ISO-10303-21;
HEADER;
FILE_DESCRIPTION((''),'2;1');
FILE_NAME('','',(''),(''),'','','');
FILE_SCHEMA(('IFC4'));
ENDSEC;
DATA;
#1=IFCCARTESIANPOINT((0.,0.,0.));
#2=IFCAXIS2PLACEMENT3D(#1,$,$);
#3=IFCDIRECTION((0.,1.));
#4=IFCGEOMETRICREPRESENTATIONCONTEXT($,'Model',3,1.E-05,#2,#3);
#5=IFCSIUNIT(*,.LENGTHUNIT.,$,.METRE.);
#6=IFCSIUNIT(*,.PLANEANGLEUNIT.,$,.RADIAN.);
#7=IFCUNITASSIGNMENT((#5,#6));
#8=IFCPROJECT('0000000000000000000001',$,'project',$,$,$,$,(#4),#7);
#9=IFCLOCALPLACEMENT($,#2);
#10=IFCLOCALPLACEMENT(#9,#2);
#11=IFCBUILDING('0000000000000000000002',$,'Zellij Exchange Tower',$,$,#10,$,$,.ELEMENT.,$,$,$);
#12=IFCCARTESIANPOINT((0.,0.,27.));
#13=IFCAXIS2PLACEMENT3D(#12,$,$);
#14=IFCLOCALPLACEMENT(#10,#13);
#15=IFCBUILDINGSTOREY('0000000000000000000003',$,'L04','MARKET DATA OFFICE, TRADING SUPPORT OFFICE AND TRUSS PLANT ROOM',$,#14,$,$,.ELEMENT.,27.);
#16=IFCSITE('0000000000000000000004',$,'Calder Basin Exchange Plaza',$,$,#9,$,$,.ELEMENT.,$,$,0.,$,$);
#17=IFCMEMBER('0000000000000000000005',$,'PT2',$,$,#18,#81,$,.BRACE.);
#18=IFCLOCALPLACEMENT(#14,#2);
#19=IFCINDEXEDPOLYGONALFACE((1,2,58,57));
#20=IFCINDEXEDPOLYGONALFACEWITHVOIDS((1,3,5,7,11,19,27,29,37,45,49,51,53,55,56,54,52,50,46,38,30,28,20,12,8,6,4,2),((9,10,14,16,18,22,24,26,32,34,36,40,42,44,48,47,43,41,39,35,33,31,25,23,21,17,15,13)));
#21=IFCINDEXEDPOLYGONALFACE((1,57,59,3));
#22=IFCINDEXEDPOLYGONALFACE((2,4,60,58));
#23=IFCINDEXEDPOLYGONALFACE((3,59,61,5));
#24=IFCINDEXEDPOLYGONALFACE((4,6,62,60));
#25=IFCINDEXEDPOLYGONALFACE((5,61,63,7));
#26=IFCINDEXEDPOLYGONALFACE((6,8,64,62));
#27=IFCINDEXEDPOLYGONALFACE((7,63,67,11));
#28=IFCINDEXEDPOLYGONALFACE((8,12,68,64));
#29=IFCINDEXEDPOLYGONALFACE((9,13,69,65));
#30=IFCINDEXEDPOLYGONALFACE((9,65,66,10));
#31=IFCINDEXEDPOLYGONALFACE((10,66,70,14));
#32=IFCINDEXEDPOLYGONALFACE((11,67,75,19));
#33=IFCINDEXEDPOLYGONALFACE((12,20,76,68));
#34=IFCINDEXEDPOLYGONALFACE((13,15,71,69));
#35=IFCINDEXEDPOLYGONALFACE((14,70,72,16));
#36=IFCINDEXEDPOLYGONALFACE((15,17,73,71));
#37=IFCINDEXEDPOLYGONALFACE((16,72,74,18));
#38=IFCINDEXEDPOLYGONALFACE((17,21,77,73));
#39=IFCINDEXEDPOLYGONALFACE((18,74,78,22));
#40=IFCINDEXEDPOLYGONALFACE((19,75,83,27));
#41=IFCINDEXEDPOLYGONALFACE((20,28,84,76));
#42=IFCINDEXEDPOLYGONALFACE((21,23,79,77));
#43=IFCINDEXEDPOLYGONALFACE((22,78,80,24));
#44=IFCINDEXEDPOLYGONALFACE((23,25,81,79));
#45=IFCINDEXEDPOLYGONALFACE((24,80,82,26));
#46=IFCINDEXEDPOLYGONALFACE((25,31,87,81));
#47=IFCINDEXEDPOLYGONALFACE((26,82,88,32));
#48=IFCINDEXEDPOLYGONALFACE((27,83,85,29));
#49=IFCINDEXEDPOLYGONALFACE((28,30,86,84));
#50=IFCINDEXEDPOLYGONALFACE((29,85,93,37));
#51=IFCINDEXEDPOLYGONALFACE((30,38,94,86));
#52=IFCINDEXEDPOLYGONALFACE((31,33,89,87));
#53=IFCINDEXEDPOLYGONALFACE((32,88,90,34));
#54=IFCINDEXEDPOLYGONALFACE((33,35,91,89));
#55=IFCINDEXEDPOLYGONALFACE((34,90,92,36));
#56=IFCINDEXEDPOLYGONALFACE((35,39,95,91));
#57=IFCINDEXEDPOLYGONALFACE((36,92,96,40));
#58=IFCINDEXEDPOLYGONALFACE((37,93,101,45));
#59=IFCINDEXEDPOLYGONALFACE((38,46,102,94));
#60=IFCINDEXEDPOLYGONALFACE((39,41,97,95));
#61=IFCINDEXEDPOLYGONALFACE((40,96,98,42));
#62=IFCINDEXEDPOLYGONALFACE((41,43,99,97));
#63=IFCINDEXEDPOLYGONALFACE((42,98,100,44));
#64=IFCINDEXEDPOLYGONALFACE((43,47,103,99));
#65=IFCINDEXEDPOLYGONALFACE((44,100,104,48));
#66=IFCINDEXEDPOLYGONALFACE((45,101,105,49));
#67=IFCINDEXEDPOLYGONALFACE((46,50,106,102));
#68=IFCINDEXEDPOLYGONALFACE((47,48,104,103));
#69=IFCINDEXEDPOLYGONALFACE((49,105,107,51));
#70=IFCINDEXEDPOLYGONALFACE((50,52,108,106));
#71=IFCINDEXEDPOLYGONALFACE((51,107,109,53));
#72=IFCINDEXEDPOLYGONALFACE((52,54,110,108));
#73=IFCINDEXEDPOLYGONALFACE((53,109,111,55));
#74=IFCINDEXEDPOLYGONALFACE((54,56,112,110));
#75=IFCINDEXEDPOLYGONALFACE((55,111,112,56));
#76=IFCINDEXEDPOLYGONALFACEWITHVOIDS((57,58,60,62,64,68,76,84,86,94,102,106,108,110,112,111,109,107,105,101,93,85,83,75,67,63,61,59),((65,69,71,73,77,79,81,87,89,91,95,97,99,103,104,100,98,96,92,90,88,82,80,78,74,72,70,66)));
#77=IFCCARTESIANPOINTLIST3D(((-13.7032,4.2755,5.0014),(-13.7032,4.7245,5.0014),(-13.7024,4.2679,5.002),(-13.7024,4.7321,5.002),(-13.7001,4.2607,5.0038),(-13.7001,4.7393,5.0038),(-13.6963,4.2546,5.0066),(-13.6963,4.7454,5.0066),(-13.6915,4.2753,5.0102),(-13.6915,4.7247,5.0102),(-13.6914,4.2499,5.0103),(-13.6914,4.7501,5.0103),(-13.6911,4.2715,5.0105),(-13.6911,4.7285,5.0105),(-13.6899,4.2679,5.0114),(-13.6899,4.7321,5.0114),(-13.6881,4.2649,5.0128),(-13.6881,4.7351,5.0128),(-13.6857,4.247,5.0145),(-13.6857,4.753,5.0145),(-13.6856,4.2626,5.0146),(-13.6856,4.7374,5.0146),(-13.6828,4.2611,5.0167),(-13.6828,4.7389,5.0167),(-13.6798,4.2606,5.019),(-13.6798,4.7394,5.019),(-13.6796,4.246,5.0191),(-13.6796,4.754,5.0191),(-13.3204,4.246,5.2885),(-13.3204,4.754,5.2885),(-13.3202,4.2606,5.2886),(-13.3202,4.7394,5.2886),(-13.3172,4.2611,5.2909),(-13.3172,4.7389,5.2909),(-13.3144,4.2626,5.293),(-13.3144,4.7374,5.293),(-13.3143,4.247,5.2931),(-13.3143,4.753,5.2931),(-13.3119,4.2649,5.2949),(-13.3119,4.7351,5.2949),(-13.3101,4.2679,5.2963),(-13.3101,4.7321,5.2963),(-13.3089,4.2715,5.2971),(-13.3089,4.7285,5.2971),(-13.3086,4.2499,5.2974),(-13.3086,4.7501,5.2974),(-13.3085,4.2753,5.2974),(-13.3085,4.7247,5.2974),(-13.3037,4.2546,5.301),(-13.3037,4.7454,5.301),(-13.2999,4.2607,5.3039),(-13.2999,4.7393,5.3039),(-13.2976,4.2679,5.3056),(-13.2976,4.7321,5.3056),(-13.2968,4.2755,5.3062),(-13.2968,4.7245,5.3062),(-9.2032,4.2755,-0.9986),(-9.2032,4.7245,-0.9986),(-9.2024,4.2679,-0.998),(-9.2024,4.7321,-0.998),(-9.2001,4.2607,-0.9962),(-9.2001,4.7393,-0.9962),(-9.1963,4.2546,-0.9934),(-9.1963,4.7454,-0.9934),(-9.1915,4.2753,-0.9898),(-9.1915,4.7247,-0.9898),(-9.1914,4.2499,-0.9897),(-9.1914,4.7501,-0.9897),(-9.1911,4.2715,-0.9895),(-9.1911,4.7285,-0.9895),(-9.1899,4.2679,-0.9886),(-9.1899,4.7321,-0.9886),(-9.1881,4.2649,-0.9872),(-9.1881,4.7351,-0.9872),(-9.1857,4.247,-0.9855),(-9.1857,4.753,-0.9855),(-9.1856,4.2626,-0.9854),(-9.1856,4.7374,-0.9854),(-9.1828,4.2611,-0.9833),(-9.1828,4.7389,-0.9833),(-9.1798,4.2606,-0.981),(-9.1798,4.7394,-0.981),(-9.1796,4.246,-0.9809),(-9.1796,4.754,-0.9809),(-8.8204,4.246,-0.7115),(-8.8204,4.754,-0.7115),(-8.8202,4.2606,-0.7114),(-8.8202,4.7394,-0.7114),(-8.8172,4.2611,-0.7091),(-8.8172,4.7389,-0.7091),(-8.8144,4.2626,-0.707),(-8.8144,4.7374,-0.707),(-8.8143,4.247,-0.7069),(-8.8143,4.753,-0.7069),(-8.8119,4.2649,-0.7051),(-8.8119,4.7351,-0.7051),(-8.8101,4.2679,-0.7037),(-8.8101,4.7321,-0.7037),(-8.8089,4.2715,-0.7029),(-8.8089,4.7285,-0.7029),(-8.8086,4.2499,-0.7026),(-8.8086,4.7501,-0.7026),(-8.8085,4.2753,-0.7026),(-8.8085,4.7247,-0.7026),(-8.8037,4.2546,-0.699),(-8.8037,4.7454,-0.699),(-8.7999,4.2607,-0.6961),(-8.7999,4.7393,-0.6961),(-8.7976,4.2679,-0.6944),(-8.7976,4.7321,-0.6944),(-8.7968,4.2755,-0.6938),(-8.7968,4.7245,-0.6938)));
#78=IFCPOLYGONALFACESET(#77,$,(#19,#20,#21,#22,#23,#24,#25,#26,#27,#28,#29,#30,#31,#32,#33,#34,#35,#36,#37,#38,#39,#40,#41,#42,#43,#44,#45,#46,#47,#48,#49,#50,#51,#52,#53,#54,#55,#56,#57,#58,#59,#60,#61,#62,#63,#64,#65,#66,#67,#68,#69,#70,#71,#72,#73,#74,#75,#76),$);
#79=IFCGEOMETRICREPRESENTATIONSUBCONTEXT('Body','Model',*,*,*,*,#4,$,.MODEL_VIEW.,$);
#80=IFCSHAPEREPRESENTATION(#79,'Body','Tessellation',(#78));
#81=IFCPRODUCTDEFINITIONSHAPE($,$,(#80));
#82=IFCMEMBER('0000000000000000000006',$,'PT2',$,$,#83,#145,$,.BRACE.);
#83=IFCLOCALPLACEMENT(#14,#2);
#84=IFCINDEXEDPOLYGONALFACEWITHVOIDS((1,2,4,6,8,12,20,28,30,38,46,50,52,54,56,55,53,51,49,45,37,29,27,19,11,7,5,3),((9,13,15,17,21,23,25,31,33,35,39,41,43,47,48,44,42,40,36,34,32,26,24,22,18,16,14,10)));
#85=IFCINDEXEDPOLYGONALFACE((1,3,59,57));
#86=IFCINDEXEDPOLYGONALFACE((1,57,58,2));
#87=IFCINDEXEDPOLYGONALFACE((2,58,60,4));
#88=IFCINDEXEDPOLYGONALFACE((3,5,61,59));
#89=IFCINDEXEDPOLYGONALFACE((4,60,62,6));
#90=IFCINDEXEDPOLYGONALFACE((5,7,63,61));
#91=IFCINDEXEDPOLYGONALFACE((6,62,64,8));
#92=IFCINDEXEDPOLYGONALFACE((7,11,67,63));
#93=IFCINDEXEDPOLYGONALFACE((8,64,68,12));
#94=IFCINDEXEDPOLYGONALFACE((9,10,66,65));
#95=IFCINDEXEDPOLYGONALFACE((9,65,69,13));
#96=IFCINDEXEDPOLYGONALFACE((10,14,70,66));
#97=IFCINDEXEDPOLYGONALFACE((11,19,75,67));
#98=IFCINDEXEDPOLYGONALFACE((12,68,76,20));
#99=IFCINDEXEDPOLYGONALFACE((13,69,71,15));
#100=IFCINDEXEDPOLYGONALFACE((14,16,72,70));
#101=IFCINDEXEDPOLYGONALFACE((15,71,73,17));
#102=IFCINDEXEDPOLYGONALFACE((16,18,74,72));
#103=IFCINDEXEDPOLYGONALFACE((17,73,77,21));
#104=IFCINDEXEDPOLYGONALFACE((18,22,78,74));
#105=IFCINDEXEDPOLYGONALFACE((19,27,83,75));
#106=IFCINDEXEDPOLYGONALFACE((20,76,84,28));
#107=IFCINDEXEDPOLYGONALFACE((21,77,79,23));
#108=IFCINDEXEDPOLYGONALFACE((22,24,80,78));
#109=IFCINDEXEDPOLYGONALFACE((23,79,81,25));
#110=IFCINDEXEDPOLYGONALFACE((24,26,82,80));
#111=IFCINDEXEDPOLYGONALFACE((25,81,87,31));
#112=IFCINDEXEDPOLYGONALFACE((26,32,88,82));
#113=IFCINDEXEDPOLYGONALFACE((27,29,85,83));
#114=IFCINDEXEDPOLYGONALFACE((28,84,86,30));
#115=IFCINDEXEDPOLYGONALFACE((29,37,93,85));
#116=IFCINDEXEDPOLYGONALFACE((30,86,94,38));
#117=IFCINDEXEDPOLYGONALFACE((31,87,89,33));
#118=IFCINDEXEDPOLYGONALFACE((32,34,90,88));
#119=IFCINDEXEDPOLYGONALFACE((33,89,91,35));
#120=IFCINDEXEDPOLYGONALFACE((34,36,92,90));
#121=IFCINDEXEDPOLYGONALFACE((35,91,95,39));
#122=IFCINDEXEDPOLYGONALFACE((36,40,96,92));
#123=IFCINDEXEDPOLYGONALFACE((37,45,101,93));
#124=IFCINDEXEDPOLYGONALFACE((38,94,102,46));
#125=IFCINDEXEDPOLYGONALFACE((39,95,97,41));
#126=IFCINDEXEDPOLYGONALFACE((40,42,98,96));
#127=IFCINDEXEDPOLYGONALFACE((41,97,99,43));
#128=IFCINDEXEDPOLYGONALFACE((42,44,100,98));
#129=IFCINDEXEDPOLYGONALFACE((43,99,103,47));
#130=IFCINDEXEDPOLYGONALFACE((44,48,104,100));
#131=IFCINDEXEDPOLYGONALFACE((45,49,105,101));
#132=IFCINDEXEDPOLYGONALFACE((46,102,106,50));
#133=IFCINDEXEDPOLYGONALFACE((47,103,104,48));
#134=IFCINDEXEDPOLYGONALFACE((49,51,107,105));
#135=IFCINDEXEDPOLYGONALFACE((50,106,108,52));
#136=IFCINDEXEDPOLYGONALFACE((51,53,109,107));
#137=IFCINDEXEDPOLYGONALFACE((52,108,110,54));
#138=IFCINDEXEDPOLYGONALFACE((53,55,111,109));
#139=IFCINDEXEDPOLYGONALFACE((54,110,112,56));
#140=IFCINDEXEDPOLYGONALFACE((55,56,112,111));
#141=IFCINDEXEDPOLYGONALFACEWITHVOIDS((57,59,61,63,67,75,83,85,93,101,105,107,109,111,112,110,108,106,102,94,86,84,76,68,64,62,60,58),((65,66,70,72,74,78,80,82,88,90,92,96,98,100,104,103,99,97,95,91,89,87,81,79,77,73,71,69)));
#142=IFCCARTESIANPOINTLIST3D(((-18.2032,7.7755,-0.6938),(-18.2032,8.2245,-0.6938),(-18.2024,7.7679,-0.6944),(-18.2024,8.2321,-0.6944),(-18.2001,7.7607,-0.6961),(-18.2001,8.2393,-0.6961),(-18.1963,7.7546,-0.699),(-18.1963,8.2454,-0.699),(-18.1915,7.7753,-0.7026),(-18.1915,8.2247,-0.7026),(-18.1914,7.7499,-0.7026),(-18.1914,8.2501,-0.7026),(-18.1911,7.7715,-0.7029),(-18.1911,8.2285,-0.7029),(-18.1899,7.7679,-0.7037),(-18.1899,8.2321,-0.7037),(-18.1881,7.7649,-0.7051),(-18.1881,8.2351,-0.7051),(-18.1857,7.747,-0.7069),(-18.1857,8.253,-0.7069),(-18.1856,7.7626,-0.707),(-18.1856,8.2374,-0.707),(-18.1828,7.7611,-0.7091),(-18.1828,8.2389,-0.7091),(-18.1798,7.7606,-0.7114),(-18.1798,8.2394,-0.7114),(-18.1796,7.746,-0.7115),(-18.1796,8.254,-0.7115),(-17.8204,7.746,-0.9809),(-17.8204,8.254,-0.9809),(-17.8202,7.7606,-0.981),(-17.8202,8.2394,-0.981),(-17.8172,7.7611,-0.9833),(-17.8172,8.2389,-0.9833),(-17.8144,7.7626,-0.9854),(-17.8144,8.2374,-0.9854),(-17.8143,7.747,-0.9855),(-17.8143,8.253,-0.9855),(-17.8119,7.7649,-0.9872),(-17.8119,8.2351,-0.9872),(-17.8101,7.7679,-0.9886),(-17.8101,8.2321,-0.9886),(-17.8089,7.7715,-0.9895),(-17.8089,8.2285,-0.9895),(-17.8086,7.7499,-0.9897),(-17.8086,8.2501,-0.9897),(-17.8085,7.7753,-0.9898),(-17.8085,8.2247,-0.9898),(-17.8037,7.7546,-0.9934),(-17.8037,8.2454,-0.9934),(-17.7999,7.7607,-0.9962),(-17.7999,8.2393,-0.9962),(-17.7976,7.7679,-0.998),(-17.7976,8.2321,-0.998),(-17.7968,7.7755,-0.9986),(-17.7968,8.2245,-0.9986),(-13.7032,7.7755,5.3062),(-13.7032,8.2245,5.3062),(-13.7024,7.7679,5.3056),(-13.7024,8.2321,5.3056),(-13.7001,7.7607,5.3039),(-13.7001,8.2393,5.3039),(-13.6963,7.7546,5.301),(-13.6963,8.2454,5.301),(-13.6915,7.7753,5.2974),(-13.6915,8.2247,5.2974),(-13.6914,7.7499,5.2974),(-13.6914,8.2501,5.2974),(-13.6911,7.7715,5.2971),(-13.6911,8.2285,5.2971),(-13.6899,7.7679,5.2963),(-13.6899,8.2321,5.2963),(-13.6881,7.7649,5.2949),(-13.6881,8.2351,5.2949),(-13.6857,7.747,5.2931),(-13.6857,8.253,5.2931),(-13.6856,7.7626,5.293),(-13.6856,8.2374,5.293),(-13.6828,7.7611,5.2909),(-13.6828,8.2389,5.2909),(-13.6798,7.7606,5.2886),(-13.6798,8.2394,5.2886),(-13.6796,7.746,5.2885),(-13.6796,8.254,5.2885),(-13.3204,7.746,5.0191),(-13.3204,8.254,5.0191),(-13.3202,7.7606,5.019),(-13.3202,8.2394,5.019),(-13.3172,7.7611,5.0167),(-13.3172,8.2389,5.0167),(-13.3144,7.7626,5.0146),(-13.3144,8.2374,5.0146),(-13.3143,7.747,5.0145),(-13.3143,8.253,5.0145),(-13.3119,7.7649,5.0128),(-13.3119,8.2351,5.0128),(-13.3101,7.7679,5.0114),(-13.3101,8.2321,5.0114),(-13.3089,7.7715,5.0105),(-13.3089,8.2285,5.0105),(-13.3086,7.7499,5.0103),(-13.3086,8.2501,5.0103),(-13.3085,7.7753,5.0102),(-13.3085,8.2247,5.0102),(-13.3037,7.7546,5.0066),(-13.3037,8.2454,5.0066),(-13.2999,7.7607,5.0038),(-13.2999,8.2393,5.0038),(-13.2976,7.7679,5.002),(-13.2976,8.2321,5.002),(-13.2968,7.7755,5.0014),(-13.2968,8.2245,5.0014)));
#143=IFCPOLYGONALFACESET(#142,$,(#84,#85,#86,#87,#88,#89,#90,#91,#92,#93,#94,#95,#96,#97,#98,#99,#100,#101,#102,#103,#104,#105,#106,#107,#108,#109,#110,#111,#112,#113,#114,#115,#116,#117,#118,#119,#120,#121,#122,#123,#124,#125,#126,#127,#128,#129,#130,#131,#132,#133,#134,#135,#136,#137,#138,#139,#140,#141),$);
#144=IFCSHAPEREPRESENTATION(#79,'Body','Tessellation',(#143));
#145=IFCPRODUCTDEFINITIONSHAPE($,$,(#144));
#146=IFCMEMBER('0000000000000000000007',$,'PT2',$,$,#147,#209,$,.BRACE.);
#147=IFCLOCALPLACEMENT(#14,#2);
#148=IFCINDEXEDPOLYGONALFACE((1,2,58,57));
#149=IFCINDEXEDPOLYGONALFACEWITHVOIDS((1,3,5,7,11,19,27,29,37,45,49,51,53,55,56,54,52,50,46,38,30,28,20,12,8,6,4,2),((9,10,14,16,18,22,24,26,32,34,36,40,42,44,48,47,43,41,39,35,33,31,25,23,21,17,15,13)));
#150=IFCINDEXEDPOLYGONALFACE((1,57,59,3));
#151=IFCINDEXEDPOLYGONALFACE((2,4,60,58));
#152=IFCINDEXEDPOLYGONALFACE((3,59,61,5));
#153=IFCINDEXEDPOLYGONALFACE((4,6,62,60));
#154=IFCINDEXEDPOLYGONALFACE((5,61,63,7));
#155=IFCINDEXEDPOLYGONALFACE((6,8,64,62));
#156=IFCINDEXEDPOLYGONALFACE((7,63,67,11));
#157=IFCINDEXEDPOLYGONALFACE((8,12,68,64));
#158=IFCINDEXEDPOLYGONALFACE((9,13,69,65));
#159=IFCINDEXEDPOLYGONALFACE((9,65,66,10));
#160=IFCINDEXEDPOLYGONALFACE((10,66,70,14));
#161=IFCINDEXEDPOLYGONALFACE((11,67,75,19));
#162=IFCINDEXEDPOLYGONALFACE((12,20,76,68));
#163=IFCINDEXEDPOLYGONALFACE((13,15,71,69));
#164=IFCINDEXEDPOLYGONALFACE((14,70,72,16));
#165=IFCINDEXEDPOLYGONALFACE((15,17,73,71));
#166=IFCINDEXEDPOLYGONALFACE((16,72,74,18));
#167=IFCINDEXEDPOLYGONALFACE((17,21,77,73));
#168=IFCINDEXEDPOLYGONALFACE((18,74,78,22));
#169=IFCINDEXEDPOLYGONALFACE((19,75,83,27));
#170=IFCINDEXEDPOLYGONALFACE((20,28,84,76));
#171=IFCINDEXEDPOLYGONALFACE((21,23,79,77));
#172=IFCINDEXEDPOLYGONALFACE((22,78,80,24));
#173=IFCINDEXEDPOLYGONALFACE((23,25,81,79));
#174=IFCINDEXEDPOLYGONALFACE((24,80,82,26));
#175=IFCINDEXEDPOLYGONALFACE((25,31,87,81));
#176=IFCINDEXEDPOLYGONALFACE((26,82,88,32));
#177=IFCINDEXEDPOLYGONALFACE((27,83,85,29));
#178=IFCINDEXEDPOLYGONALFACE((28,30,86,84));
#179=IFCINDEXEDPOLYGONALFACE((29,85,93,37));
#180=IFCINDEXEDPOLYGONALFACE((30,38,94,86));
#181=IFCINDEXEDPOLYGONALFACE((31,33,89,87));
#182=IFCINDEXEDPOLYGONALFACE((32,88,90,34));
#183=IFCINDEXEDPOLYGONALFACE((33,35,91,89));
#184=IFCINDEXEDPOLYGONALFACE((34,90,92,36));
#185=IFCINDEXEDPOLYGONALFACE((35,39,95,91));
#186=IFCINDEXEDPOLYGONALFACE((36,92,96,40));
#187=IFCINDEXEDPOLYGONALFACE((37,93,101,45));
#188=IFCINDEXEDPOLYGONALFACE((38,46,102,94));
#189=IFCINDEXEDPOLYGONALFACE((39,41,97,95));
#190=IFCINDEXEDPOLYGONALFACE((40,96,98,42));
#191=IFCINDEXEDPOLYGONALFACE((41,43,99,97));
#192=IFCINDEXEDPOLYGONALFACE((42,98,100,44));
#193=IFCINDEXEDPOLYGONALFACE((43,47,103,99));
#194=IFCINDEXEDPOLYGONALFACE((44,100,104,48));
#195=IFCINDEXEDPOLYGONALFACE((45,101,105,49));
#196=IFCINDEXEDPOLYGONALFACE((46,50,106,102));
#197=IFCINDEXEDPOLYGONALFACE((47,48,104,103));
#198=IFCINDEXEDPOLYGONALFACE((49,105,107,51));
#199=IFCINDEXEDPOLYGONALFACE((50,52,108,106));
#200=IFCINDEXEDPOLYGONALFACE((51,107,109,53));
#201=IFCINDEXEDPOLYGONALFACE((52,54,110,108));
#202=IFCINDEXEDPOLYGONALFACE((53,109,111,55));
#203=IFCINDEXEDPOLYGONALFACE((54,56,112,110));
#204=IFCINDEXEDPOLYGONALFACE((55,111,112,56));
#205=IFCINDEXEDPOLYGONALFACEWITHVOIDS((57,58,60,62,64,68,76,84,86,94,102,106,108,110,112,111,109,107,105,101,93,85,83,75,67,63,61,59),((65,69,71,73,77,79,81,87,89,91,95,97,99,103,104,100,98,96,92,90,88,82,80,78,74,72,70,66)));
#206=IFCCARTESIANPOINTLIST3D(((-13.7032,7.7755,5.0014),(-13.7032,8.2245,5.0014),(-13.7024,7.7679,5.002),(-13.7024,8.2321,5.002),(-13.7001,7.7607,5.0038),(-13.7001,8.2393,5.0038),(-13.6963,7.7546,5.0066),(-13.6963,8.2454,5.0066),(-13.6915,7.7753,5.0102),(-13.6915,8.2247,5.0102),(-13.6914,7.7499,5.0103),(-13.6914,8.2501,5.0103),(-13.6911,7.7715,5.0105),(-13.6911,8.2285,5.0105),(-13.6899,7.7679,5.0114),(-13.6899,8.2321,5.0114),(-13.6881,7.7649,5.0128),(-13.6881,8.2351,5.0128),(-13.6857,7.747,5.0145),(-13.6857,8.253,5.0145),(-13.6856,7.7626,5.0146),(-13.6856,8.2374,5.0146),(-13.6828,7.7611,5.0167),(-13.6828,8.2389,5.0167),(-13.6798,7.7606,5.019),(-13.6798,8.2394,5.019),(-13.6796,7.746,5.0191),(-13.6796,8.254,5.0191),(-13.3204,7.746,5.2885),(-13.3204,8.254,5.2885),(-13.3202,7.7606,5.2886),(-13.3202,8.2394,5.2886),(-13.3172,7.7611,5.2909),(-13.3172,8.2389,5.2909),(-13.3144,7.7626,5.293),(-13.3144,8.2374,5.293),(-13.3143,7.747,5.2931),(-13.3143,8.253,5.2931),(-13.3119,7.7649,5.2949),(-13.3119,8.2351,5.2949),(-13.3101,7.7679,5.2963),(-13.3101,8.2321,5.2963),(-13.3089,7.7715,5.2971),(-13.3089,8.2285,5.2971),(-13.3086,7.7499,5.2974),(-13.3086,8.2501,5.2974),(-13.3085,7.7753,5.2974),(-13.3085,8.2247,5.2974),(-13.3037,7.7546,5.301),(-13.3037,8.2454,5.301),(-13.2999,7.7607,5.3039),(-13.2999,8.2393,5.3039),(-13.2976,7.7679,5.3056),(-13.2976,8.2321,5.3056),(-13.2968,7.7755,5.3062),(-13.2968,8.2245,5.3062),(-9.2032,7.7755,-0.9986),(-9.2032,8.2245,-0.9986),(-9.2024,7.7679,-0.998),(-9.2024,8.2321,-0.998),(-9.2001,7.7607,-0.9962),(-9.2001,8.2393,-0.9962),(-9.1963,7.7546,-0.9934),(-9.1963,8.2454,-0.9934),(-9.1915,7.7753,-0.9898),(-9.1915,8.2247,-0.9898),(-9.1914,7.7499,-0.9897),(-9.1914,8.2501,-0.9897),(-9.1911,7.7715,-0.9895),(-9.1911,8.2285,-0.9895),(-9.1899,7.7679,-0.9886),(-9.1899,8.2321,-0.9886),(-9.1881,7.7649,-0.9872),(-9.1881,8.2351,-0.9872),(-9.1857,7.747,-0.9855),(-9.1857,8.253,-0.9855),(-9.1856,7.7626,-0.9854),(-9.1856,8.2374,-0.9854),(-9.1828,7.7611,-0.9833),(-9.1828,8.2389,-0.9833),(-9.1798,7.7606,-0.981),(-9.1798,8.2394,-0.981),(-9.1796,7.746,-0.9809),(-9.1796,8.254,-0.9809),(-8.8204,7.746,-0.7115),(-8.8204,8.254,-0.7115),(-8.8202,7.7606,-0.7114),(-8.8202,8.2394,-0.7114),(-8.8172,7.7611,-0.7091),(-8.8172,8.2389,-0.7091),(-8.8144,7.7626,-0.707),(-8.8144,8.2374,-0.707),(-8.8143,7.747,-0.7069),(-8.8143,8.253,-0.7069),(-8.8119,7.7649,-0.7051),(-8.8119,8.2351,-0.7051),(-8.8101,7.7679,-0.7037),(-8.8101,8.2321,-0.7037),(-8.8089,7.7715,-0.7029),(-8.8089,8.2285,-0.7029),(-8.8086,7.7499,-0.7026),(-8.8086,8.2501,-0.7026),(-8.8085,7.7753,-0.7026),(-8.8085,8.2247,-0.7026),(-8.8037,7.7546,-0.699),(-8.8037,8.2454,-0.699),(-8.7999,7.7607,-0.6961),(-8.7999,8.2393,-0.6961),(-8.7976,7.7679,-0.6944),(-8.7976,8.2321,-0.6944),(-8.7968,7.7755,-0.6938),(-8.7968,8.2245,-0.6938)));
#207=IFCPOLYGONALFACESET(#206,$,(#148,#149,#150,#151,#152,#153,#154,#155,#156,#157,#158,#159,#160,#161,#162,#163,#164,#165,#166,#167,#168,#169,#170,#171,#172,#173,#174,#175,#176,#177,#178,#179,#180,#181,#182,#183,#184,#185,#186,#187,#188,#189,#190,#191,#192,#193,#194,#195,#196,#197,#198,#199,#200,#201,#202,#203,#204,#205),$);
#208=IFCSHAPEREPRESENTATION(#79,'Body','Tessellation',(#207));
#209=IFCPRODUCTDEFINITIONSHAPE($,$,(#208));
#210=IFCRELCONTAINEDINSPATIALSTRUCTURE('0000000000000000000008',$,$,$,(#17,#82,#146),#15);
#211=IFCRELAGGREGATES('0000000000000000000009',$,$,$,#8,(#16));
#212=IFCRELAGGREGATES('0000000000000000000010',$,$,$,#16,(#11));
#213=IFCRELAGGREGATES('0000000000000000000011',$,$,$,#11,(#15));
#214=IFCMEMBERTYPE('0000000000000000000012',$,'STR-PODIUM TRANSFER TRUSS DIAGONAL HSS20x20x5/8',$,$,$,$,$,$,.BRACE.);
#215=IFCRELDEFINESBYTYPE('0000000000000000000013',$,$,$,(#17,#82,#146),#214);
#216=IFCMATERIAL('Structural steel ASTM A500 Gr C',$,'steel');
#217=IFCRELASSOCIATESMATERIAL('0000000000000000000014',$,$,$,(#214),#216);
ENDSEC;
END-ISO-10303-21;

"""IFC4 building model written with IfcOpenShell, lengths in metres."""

from ifc_helpers import new_model, si_unit, direction, frame, origin, origin_2d, place, context, subcontext, project, spatial, hollow_rectangle, extrude, material, material_profile, profile_set, type_object, element, save


model = new_model("IFC4")

# Units and contexts
model_context = context("Model", 3, precision=1e-05, world=origin(), true_north=direction((0.0, 1.0)))
body_context = subcontext(model_context, "Body", "Model", "MODEL_VIEW")
ifc_project = project(units=[si_unit("LENGTHUNIT", "METRE"), si_unit("PLANEANGLEUNIT", "RADIAN")], contexts=[model_context])

# Site, building, storey
site_placement = place(None, origin())
site = spatial("IfcSite", under=ifc_project, at=site_placement, Name="Calder Basin Exchange Plaza", CompositionType="ELEMENT", RefElevation=0.0)
building_placement = place(site_placement, origin())
building = spatial("IfcBuilding", under=site, at=building_placement, Name="Zellij Exchange Tower", CompositionType="ELEMENT")
storey_placement = place(building_placement, frame((0.0, 0.0, 27.0)))
storey = spatial("IfcBuildingStorey", under=building, at=storey_placement, Name="L04", Description="MARKET DATA OFFICE, TRADING SUPPORT OFFICE AND TRUSS PLANT ROOM", CompositionType="ELEMENT", Elevation=27.0)

# Members
ifc_material_1 = material(Name="Structural steel ASTM A500 Gr C", Category="steel")
ifc_material_profile_1 = material_profile(ifc_material_1, hollow_rectangle(XDim=0.5081, YDim=0.5081, WallThickness=0.0146, InnerFilletRadius=0.0146, OuterFilletRadius=0.0295, at=origin_2d()), Name="STR-PODIUM TRANSFER TRUSS DIAGONAL HSS20x20x5/8")
ifc_profile_set_1 = profile_set([ifc_material_profile_1], Name="Structural steel ASTM A500 Gr C")
member_type_1 = type_object("IfcMemberType", Name="STR-PODIUM TRANSFER TRUSS DIAGONAL HSS20x20x5/8", PredefinedType="BRACE", material=ifc_profile_set_1)
for number, where, z_axis, x_axis, name in (
    (1, (-13.5, 4.5, 5.1538), (0.6, 0.0, -0.8), (0.0, 1.0, 0.0), "PT2"),
    (2, (-18.0, 8.0, -0.8462), (0.6, 0.0, 0.8), (0.0, 1.0, 0.0), "PT2"),
    (3, (-13.5, 8.0, 5.1538), (0.6, 0.0, -0.8), (0.0, 1.0, 0.0), "PT2"),
):
    element("IfcMember", number, at=place(storey_placement, frame(where, z_axis=z_axis, x_axis=x_axis)), inside=storey, type_object=member_type_1, Name=name, PredefinedType="BRACE", context=body_context, shape_type="SweptSolid", body=[
        extrude(hollow_rectangle(XDim=0.5081, YDim=0.5081, WallThickness=0.0146, InnerFilletRadius=0.0146, OuterFilletRadius=0.0295, at=origin_2d()), origin(), (0.0, 0.0, 1.0), 7.5),
    ])

save(model, "model.ifc")
